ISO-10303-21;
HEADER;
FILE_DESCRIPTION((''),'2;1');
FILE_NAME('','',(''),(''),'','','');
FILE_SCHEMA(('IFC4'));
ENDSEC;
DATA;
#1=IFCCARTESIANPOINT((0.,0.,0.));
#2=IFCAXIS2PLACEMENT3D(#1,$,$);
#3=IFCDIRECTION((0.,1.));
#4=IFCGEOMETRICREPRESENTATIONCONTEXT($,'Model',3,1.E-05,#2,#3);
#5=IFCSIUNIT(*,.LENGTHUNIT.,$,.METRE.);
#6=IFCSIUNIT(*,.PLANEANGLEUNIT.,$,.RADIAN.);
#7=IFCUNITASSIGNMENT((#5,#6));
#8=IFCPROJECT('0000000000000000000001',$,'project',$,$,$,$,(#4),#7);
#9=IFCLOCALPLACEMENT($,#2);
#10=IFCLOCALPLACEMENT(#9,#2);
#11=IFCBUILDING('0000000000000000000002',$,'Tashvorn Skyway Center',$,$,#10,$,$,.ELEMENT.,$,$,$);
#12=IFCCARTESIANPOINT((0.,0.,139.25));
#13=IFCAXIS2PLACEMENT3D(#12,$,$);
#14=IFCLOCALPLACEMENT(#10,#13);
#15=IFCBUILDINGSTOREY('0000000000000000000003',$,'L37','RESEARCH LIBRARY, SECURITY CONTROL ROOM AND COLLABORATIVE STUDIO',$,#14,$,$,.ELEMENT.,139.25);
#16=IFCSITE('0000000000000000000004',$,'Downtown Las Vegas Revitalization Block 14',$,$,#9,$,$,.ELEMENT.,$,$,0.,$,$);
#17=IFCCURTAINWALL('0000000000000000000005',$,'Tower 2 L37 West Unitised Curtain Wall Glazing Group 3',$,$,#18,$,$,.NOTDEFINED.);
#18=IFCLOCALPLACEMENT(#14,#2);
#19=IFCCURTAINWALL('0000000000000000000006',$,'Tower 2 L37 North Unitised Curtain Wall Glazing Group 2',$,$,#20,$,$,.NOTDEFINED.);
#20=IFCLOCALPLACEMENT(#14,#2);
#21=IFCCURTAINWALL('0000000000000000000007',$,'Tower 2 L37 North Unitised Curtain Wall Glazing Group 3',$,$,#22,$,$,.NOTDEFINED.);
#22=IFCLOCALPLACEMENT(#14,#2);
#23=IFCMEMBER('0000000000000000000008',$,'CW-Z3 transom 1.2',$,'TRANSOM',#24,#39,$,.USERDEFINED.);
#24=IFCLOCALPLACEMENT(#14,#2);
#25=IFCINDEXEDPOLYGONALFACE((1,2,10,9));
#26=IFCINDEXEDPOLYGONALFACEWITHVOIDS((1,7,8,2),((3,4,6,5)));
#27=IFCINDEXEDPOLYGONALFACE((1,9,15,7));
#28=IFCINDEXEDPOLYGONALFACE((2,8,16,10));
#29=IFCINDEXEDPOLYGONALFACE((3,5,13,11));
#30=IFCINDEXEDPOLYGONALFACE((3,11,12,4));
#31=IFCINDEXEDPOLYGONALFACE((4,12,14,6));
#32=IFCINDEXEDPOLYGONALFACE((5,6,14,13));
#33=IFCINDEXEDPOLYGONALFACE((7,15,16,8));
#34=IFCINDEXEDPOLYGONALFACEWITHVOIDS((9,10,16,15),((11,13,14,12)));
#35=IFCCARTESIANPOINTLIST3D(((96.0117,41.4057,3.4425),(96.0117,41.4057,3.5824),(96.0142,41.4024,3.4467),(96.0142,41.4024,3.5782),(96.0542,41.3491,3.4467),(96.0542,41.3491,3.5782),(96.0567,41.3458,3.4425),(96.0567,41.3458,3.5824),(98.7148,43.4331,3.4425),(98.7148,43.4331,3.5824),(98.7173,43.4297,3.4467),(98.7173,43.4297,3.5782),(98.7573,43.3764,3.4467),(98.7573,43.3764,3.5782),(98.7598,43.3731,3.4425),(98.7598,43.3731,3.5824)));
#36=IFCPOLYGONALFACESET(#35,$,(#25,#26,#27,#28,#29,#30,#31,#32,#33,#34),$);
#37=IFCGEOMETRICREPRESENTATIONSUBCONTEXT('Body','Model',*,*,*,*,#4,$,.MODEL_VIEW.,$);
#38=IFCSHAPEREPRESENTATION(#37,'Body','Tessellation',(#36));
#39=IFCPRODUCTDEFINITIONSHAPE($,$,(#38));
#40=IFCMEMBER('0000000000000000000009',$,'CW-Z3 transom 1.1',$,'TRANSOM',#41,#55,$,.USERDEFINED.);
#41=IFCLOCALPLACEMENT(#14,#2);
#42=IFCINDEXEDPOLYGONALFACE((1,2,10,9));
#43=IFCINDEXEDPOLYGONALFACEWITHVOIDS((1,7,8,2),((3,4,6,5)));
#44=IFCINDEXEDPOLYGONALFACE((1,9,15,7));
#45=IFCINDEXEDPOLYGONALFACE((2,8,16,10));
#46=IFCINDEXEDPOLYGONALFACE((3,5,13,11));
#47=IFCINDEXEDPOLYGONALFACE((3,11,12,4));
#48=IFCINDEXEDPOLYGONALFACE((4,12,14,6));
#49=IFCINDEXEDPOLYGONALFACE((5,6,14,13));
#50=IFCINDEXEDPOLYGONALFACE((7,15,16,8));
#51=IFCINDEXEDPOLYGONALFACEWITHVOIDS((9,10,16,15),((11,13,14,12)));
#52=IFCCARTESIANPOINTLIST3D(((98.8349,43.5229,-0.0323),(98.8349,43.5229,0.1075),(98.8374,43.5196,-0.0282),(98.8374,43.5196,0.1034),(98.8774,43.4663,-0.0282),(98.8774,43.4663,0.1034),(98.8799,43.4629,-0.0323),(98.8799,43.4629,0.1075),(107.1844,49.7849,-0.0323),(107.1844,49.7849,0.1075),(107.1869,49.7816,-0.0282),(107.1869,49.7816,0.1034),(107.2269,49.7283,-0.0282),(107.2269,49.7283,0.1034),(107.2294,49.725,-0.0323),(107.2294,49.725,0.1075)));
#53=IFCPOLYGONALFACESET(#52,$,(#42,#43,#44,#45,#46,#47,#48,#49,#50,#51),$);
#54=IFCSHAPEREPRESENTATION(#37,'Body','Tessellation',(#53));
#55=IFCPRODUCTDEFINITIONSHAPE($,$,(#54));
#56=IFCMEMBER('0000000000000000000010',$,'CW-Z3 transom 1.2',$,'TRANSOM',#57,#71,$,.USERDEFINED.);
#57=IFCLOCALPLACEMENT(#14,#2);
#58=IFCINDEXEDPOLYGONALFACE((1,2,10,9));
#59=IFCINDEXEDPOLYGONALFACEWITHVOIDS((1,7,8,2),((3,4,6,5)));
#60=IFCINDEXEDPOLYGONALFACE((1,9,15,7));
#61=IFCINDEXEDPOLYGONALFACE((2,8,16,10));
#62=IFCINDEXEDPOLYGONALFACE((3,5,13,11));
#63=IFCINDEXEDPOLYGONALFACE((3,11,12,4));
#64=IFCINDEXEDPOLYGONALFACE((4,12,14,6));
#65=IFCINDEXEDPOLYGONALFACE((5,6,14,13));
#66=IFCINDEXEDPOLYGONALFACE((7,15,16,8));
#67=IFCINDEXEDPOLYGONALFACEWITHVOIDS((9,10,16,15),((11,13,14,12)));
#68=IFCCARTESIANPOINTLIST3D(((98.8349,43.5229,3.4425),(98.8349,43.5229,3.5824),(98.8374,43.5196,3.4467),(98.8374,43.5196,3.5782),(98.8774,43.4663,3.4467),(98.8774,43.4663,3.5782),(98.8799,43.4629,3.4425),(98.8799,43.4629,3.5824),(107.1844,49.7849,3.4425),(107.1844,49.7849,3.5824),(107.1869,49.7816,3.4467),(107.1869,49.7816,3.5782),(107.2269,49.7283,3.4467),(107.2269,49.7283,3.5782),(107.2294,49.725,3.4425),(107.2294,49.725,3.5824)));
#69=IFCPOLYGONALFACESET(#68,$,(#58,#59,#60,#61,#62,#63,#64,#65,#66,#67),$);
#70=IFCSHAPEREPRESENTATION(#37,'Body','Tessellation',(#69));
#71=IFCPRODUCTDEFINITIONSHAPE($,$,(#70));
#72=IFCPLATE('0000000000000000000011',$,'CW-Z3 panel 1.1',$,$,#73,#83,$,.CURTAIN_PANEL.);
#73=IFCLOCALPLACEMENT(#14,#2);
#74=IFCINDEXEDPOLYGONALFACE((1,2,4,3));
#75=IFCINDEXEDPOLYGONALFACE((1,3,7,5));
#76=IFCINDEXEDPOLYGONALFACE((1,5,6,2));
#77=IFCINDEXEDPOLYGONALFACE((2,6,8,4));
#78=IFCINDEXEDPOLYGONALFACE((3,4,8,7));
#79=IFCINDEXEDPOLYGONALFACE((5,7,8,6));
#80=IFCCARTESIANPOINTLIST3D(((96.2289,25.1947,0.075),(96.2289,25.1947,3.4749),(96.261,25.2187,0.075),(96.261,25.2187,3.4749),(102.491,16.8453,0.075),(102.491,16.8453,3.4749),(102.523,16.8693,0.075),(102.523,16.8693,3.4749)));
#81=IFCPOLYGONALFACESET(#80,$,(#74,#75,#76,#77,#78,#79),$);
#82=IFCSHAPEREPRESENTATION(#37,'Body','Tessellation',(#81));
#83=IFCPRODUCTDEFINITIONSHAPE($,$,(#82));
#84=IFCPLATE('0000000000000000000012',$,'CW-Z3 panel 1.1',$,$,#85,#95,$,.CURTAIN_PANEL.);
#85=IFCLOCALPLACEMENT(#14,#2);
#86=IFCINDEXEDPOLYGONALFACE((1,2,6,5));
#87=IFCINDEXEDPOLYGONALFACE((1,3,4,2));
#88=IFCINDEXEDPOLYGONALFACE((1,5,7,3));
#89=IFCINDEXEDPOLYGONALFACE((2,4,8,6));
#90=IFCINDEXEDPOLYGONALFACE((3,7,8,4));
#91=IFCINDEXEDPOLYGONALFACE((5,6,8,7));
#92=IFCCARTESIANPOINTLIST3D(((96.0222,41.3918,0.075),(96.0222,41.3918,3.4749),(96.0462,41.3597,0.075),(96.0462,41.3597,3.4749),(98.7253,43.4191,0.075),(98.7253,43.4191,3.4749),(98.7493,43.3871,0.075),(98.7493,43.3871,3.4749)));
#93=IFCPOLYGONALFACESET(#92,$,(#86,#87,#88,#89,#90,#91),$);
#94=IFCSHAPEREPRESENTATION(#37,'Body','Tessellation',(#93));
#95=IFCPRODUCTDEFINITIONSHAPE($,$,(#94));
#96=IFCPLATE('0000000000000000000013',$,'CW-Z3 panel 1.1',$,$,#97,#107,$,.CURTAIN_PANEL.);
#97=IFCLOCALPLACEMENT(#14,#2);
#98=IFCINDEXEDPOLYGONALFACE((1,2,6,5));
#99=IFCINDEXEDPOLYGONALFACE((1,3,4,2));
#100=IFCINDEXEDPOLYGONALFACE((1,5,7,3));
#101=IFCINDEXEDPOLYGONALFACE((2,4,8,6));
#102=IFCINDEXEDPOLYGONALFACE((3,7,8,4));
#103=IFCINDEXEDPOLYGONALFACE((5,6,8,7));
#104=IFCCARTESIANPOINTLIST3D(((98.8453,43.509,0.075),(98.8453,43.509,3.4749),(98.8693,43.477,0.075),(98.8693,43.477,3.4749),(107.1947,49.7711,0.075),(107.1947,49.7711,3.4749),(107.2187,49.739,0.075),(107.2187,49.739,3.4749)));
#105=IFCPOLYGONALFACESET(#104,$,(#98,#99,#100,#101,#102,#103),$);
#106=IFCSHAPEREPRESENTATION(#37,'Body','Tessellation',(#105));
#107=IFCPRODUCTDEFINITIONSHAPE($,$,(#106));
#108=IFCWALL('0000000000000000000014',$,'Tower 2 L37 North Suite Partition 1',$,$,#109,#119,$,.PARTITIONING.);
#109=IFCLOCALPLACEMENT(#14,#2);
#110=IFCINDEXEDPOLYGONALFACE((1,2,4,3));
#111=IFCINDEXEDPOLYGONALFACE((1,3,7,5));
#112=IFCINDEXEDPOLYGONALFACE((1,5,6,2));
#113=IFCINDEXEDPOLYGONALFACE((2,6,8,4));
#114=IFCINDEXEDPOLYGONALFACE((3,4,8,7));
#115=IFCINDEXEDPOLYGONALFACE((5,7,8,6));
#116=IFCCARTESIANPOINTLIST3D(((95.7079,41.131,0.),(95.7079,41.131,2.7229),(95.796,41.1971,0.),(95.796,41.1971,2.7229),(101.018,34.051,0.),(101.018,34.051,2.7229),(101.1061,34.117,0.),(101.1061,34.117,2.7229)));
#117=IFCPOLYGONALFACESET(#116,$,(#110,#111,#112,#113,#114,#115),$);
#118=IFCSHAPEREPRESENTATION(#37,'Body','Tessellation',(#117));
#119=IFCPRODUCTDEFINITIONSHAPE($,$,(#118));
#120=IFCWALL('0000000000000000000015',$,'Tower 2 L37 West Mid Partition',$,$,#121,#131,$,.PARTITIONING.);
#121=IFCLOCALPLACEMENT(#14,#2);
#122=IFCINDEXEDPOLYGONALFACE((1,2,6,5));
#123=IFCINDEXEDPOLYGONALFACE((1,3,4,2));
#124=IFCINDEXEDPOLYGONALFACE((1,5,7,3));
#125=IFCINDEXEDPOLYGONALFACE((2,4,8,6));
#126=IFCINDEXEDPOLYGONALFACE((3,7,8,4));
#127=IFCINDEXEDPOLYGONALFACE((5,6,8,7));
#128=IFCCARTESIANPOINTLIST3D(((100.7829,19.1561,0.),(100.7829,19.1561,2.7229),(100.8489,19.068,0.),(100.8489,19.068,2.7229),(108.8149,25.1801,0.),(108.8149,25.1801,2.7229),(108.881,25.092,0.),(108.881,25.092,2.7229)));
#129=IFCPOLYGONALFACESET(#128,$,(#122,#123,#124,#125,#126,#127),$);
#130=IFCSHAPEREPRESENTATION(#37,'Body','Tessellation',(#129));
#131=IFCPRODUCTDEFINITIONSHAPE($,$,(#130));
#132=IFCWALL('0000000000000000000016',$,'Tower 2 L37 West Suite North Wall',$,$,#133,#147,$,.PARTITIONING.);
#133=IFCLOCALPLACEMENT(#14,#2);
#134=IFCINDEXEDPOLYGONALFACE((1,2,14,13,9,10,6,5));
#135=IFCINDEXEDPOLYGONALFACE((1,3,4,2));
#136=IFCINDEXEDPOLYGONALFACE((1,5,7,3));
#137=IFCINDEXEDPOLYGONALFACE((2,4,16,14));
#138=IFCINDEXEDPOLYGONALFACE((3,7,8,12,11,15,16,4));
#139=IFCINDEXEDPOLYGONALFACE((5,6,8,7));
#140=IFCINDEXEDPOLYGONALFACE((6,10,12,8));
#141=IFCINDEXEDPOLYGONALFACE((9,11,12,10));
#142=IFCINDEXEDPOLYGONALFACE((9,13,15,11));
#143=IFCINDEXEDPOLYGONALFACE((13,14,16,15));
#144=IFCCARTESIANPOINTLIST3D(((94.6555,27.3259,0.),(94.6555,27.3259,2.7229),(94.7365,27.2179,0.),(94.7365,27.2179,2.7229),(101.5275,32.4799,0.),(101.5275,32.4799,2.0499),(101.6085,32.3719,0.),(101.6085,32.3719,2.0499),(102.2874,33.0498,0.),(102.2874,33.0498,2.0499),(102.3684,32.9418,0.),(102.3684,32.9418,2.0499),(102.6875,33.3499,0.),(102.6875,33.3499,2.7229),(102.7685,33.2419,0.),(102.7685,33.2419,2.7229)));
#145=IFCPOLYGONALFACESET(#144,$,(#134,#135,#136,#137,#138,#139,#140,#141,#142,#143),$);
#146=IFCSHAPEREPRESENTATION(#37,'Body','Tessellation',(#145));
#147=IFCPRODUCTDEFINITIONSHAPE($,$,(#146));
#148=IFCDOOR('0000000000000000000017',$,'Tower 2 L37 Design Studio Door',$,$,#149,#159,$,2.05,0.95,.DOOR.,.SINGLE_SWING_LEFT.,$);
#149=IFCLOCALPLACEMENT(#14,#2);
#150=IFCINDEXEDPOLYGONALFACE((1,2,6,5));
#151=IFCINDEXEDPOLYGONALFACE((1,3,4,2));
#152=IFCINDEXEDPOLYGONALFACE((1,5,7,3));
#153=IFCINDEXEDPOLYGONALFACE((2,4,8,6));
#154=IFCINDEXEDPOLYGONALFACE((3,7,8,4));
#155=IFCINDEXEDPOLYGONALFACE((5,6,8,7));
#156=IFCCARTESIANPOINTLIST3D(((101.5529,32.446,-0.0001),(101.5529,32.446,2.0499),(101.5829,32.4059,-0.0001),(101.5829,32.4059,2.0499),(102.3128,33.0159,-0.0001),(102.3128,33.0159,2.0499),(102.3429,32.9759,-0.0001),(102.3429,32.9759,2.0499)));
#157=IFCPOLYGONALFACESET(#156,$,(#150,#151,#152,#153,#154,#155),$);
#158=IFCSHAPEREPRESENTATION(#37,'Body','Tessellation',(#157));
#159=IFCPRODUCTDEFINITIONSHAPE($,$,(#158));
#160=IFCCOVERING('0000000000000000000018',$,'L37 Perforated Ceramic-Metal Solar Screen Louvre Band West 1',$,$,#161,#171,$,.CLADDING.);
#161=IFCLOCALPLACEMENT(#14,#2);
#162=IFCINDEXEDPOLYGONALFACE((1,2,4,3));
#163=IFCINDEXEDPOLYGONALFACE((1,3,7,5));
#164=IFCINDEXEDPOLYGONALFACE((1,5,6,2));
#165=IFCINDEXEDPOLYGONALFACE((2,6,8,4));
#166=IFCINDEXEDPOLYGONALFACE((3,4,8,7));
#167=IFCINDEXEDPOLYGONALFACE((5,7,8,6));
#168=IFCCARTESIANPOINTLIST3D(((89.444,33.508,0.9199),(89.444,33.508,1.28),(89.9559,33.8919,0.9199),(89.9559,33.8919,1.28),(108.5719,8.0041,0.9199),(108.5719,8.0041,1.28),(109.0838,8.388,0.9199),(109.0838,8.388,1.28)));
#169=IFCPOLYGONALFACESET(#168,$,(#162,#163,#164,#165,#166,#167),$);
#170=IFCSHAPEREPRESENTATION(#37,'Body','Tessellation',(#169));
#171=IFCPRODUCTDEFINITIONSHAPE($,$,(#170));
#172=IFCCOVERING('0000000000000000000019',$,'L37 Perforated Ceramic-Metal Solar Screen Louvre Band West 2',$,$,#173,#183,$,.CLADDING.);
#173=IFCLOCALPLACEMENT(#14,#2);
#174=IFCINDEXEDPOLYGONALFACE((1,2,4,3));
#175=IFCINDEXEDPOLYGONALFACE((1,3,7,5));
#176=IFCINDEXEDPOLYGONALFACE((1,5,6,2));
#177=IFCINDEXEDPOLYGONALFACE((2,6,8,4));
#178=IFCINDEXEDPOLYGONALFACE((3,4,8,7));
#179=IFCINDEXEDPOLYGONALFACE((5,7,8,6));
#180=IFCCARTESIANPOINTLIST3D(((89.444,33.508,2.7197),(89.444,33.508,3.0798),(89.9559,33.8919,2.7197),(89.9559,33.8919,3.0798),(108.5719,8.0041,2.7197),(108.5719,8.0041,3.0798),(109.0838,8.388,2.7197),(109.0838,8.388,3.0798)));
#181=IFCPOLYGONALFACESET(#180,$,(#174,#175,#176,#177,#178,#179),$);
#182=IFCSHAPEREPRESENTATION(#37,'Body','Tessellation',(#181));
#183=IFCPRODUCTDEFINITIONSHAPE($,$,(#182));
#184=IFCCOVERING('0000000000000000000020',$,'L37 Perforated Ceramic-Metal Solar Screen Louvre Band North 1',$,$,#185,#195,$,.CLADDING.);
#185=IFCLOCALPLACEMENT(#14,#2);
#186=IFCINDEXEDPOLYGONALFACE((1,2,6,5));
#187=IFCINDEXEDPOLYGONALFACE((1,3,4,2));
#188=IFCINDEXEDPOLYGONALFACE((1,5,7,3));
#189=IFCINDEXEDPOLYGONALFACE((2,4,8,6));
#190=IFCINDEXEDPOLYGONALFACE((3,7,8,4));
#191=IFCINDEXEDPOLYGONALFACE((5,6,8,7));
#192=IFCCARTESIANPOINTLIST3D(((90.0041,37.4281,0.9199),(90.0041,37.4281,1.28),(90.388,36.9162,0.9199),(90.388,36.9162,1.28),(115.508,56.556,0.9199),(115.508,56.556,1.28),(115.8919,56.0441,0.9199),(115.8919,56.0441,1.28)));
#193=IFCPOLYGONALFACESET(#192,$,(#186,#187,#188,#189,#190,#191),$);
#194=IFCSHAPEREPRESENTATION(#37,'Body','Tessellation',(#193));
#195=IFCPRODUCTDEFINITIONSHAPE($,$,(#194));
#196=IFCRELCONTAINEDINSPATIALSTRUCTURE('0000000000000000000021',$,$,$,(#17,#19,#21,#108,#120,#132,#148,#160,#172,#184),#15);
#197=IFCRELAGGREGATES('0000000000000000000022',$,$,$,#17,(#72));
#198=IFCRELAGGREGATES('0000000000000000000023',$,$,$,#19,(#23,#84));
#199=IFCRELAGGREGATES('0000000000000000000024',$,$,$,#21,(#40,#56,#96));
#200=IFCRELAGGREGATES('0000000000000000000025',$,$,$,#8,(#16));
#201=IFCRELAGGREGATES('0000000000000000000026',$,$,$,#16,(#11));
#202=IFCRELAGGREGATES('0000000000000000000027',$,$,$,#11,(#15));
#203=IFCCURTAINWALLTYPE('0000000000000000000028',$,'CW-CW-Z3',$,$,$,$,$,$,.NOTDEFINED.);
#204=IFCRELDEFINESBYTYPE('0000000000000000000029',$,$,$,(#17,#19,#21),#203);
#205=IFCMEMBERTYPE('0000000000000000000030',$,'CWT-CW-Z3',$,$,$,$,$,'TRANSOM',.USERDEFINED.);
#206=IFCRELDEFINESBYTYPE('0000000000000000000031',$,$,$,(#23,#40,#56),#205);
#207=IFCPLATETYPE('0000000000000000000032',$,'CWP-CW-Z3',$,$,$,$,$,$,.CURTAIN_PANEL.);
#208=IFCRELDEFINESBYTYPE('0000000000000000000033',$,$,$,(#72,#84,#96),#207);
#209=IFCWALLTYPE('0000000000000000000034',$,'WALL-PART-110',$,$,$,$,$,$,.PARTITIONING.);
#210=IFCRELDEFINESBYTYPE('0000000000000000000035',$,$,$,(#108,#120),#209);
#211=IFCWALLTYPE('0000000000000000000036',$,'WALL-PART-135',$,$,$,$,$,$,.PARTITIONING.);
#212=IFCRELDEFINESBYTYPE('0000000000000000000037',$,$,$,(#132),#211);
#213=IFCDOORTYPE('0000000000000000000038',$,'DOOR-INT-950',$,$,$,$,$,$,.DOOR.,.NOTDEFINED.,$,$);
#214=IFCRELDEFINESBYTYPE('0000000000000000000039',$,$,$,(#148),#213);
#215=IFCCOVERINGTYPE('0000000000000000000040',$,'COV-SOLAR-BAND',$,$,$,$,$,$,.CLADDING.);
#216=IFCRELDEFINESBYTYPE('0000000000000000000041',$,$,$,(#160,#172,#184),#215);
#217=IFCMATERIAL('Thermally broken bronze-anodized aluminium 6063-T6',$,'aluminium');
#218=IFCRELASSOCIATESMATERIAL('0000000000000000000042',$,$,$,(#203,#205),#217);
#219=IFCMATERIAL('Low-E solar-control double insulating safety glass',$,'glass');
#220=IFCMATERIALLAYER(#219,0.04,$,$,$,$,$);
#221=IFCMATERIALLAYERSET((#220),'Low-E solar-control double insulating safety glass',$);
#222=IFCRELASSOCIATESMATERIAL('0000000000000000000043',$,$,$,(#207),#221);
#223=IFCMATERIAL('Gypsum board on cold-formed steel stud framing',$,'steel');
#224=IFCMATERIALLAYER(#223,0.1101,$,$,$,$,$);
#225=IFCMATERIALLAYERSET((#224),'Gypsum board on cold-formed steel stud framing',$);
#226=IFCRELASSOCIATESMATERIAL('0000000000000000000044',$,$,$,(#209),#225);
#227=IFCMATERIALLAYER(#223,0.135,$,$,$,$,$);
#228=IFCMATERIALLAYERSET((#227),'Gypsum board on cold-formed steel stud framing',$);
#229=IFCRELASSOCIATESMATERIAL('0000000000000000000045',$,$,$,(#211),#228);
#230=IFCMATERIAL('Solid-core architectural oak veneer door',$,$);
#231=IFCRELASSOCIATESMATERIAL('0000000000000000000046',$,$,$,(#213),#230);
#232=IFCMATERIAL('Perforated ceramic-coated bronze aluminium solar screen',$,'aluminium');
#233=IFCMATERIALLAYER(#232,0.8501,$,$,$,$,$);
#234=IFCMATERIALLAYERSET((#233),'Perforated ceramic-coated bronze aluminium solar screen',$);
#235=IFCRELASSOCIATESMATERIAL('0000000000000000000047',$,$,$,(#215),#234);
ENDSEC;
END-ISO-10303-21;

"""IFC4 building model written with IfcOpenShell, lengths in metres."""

from ifc_helpers import new_model, si_unit, direction, frame, frame_2d, origin, origin_2d, place, context, subcontext, project, spatial, rectangle, hollow_rectangle, extrude, material, layer, layer_set, material_profile, profile_set, type_object, element, fill, aggregate, save


model = new_model("IFC4")

# Units and contexts
model_context = context("Model", 3, precision=1e-05, world=origin(), true_north=direction((0.0, 1.0)))
body_context = subcontext(model_context, "Body", "Model", "MODEL_VIEW")
ifc_project = project(units=[si_unit("LENGTHUNIT", "METRE"), si_unit("PLANEANGLEUNIT", "RADIAN")], contexts=[model_context])

# Site, building, storey
site_placement = place(None, origin())
site = spatial("IfcSite", under=ifc_project, at=site_placement, Name="Downtown Las Vegas Revitalization Block 14", CompositionType="ELEMENT", RefElevation=0.0)
building_placement = place(site_placement, origin())
building = spatial("IfcBuilding", under=site, at=building_placement, Name="Tashvorn Skyway Center", CompositionType="ELEMENT")
storey_placement = place(building_placement, frame((0.0, 0.0, 139.25)))
storey = spatial("IfcBuildingStorey", under=building, at=storey_placement, Name="L37", Description="RESEARCH LIBRARY, SECURITY CONTROL ROOM AND COLLABORATIVE STUDIO", CompositionType="ELEMENT", Elevation=139.25)

# Shared definitions
ifc_material_1 = material(Name="Thermally broken bronze-anodized aluminium 6063-T6", Category="aluminium")
curtain_wall_type = type_object("IfcCurtainWallType", Name="CW-CW-Z3", PredefinedType="NOTDEFINED", material=ifc_material_1)

# Curtain wall
curtain_wall_1_placement = place(storey_placement, origin())
curtain_wall_1 = element("IfcCurtainWall", 1, at=curtain_wall_1_placement, inside=storey, type_object=curtain_wall_type, Name="Tower 2 L37 West Unitised Curtain Wall Glazing Group 3", PredefinedType="NOTDEFINED")

# Curtain wall
curtain_wall_2_placement = place(storey_placement, origin())
curtain_wall_2 = element("IfcCurtainWall", 2, at=curtain_wall_2_placement, inside=storey, type_object=curtain_wall_type, Name="Tower 2 L37 North Unitised Curtain Wall Glazing Group 2", PredefinedType="NOTDEFINED")

# Curtain wall
curtain_wall_3_placement = place(storey_placement, origin())
curtain_wall_3 = element("IfcCurtainWall", 3, at=curtain_wall_3_placement, inside=storey, type_object=curtain_wall_type, Name="Tower 2 L37 North Unitised Curtain Wall Glazing Group 3", PredefinedType="NOTDEFINED")

# Members
ifc_material_profile_1 = material_profile(ifc_material_1, hollow_rectangle(XDim=0.075, YDim=0.1399, WallThickness=0.0042, at=origin_2d()), Name="ALU-TRAN-75x140")
ifc_profile_set_1 = profile_set([ifc_material_profile_1], Name="Thermally broken bronze-anodized aluminium 6063-T6")
member_type_1 = type_object("IfcMemberType", Name="CWT-CW-Z3", ElementType="TRANSOM", PredefinedType="USERDEFINED", material=ifc_profile_set_1)
member_1_placement = place(storey_placement, frame((96.0342, 41.3757, 3.5125), z_axis=(0.8, 0.6, 0.0), x_axis=(-0.6, 0.8, 0.0)))
member_1 = element("IfcMember", 4, at=member_1_placement, type_object=member_type_1, Name="CW-Z3 transom 1.2", ObjectType="TRANSOM", PredefinedType="USERDEFINED", context=body_context, shape_type="SweptSolid", body=[
    extrude(hollow_rectangle(XDim=0.075, YDim=0.1399, WallThickness=0.0042, at=origin_2d()), origin(), (0.0, 0.0, 1.0), 3.3789),
])
member_2_placement = place(storey_placement, frame((98.8574, 43.4929, 0.0376), z_axis=(0.800003, 0.599996, 0.0), x_axis=(-0.599996, 0.800003, 0.0)))
member_2 = element("IfcMember", 5, at=member_2_placement, type_object=member_type_1, Name="CW-Z3 transom 1.1", ObjectType="TRANSOM", PredefinedType="USERDEFINED", context=body_context, shape_type="SweptSolid", body=[
    extrude(hollow_rectangle(XDim=0.075, YDim=0.1399, WallThickness=0.0042, at=origin_2d()), origin(), (0.0, 0.0, 1.0), 10.4368),
])
member_3_placement = place(storey_placement, frame((98.8574, 43.4929, 3.5125), z_axis=(0.800003, 0.599996, 0.0), x_axis=(-0.599996, 0.800003, 0.0)))
member_3 = element("IfcMember", 6, at=member_3_placement, type_object=member_type_1, Name="CW-Z3 transom 1.2", ObjectType="TRANSOM", PredefinedType="USERDEFINED", context=body_context, shape_type="SweptSolid", body=[
    extrude(hollow_rectangle(XDim=0.075, YDim=0.1399, WallThickness=0.0042, at=origin_2d()), origin(), (0.0, 0.0, 1.0), 10.4368),
])

# Plates
ifc_material_2 = material(Name="Low-E solar-control double insulating safety glass", Category="glass")
ifc_layer_1 = layer(ifc_material_2, 0.04)
ifc_layer_set_1 = layer_set([ifc_layer_1], Name="Low-E solar-control double insulating safety glass")
plate_type = type_object("IfcPlateType", Name="CWP-CW-Z3", PredefinedType="CURTAIN_PANEL", material=ifc_layer_set_1)
plate_1_placement = place(storey_placement, frame((99.376, 21.032, 0.075), z_axis=(0.0, 0.0, 1.0), x_axis=(-0.599997, 0.800002, 0.0)))
plate_1 = element("IfcPlate", 7, at=plate_1_placement, type_object=plate_type, Name="CW-Z3 panel 1.1", PredefinedType="CURTAIN_PANEL", context=body_context, shape_type="SweptSolid", body=[
    extrude(rectangle(XDim=10.4368, YDim=0.04, at=origin_2d()), origin(), (0.0, 0.0, 1.0), 3.3999),
])
aggregate(curtain_wall_1, [plate_1])
plate_2_placement = place(storey_placement, frame((97.3857, 42.3894, 0.075), z_axis=(0.0, 0.0, 1.0), x_axis=(0.800003, 0.599995, 0.0)))
plate_2 = element("IfcPlate", 8, at=plate_2_placement, type_object=plate_type, Name="CW-Z3 panel 1.1", PredefinedType="CURTAIN_PANEL", context=body_context, shape_type="SweptSolid", body=[
    extrude(rectangle(XDim=3.3789, YDim=0.04, at=origin_2d()), origin(), (0.0, 0.0, 1.0), 3.3999),
])
aggregate(curtain_wall_2, [member_1, plate_2])
plate_3_placement = place(storey_placement, frame((103.032, 46.624, 0.075), z_axis=(0.0, 0.0, 1.0), x_axis=(0.800002, 0.599997, 0.0)))
plate_3 = element("IfcPlate", 9, at=plate_3_placement, type_object=plate_type, Name="CW-Z3 panel 1.1", PredefinedType="CURTAIN_PANEL", context=body_context, shape_type="SweptSolid", body=[
    extrude(rectangle(XDim=10.4368, YDim=0.04, at=origin_2d()), origin(), (0.0, 0.0, 1.0), 3.3999),
])
aggregate(curtain_wall_3, [member_2, member_3, plate_3])

# Walls
ifc_material_3 = material(Name="Gypsum board on cold-formed steel stud framing", Category="steel")
ifc_layer_2 = layer(ifc_material_3, 0.1101)
ifc_layer_set_2 = layer_set([ifc_layer_2], Name="Gypsum board on cold-formed steel stud framing")
wall_type_1 = type_object("IfcWallType", Name="WALL-PART-110", PredefinedType="PARTITIONING", material=ifc_layer_set_2)
wall_1_placement = place(storey_placement, frame((101.062, 34.084, 0.0), z_axis=(0.0, 0.0, 1.0), x_axis=(-0.6, 0.8, 0.0)))
element("IfcWall", 10, at=wall_1_placement, inside=storey, type_object=wall_type_1, Name="Tower 2 L37 North Suite Partition 1", PredefinedType="PARTITIONING", context=body_context, shape_type="SweptSolid", body=[
    extrude(rectangle(XDim=8.8501, YDim=0.1101, at=frame_2d((4.425, 0.0))), origin(), (0.0, 0.0, 1.0), 2.7229),
])
wall_2_placement = place(storey_placement, frame((100.8159, 19.1121, 0.0), z_axis=(0.0, 0.0, 1.0), x_axis=(0.800003, 0.599996, 0.0)))
element("IfcWall", 11, at=wall_2_placement, inside=storey, type_object=wall_type_1, Name="Tower 2 L37 West Mid Partition", PredefinedType="PARTITIONING", context=body_context, shape_type="SweptSolid", body=[
    extrude(rectangle(XDim=10.04, YDim=0.1101, at=frame_2d((5.02, 0.0))), origin(), (0.0, 0.0, 1.0), 2.7229),
])

# Wall, opening, door
ifc_layer_3 = layer(ifc_material_3, 0.135)
ifc_layer_set_3 = layer_set([ifc_layer_3], Name="Gypsum board on cold-formed steel stud framing")
wall_type_2 = type_object("IfcWallType", Name="WALL-PART-135", PredefinedType="PARTITIONING", material=ifc_layer_set_3)
wall_3_placement = place(storey_placement, frame((102.728, 33.2959, 0.0), z_axis=(0.0, 0.0, 1.0), x_axis=(-0.800003, -0.599996, 0.0)))
wall_3 = element("IfcWall", 12, at=wall_3_placement, inside=storey, type_object=wall_type_2, Name="Tower 2 L37 West Suite North Wall", PredefinedType="PARTITIONING", context=body_context, shape_type="SweptSolid", body=[
    extrude(rectangle(XDim=10.04, YDim=0.135, at=frame_2d((5.02, 0.0))), origin(), (0.0, 0.0, 1.0), 2.7229),
])
opening_placement = place(wall_3_placement, frame((0.5, 0.0, 0.0)))
opening = element("IfcOpeningElement", 13, at=opening_placement, cuts=wall_3, PredefinedType="OPENING", context=body_context, shape_type="SweptSolid", body=[
    extrude(rectangle(XDim=0.95, YDim=2.05, at=frame_2d((0.4751, 1.0249))), frame((0.0, 0.0774, 0.0), z_axis=(0.0, -1.0, 0.0), x_axis=(1.0, 0.0, 0.0)), (0.0, 0.0, 1.0), 0.155),
])
ifc_material_4 = material(Name="Solid-core architectural oak veneer door")
door_type = type_object("IfcDoorType", Name="DOOR-INT-950", OperationType="NOTDEFINED", PredefinedType="DOOR", material=ifc_material_4)
door_placement = place(opening_placement, origin())
door = element("IfcDoor", 14, at=door_placement, inside=storey, type_object=door_type, Name="Tower 2 L37 Design Studio Door", OperationType="SINGLE_SWING_LEFT", OverallHeight=2.05, OverallWidth=0.95, PredefinedType="DOOR", context=body_context, shape_type="SweptSolid", body=[
    extrude(rectangle(XDim=0.95, YDim=2.05, at=frame_2d((0.4751, 1.0249))), frame((0.0, 0.0249, 0.0), z_axis=(0.0, -1.0, 0.0), x_axis=(1.0, 0.0, 0.0)), (0.0, 0.0, 1.0), 0.05),
])
fill(opening, door)

# Coverings
ifc_material_5 = material(Name="Perforated ceramic-coated bronze aluminium solar screen", Category="aluminium")
ifc_layer_4 = layer(ifc_material_5, 0.8501)
ifc_layer_set_4 = layer_set([ifc_layer_4], Name="Perforated ceramic-coated bronze aluminium solar screen")
covering_type = type_object("IfcCoveringType", Name="COV-SOLAR-BAND", PredefinedType="CLADDING", material=ifc_layer_set_4)
for number, where, z_axis, x_axis, name in (
    (15, (99.2639, 20.948, 0.9199), (0.0, 0.0, 1.0), (-0.6, 0.8, 0.0), "L37 Perforated Ceramic-Metal Solar Screen Louvre Band West 1"),
    (16, (99.2639, 20.948, 2.7197), (0.0, 0.0, 1.0), (-0.6, 0.8, 0.0), "L37 Perforated Ceramic-Metal Solar Screen Louvre Band West 2"),
    (17, (102.948, 46.7361, 0.9199), (0.0, 0.0, 1.0), (0.8, 0.6, 0.0), "L37 Perforated Ceramic-Metal Solar Screen Louvre Band North 1"),
):
    element("IfcCovering", number, at=place(storey_placement, frame(where, z_axis=z_axis, x_axis=x_axis)), inside=storey, type_object=covering_type, Name=name, PredefinedType="CLADDING", context=body_context, shape_type="SweptSolid", body=[
        extrude(rectangle(XDim=31.8799, YDim=0.6399, at=origin_2d()), origin(), (0.0, 0.0, 1.0), 0.3601),
    ])

save(model, "model.ifc")
